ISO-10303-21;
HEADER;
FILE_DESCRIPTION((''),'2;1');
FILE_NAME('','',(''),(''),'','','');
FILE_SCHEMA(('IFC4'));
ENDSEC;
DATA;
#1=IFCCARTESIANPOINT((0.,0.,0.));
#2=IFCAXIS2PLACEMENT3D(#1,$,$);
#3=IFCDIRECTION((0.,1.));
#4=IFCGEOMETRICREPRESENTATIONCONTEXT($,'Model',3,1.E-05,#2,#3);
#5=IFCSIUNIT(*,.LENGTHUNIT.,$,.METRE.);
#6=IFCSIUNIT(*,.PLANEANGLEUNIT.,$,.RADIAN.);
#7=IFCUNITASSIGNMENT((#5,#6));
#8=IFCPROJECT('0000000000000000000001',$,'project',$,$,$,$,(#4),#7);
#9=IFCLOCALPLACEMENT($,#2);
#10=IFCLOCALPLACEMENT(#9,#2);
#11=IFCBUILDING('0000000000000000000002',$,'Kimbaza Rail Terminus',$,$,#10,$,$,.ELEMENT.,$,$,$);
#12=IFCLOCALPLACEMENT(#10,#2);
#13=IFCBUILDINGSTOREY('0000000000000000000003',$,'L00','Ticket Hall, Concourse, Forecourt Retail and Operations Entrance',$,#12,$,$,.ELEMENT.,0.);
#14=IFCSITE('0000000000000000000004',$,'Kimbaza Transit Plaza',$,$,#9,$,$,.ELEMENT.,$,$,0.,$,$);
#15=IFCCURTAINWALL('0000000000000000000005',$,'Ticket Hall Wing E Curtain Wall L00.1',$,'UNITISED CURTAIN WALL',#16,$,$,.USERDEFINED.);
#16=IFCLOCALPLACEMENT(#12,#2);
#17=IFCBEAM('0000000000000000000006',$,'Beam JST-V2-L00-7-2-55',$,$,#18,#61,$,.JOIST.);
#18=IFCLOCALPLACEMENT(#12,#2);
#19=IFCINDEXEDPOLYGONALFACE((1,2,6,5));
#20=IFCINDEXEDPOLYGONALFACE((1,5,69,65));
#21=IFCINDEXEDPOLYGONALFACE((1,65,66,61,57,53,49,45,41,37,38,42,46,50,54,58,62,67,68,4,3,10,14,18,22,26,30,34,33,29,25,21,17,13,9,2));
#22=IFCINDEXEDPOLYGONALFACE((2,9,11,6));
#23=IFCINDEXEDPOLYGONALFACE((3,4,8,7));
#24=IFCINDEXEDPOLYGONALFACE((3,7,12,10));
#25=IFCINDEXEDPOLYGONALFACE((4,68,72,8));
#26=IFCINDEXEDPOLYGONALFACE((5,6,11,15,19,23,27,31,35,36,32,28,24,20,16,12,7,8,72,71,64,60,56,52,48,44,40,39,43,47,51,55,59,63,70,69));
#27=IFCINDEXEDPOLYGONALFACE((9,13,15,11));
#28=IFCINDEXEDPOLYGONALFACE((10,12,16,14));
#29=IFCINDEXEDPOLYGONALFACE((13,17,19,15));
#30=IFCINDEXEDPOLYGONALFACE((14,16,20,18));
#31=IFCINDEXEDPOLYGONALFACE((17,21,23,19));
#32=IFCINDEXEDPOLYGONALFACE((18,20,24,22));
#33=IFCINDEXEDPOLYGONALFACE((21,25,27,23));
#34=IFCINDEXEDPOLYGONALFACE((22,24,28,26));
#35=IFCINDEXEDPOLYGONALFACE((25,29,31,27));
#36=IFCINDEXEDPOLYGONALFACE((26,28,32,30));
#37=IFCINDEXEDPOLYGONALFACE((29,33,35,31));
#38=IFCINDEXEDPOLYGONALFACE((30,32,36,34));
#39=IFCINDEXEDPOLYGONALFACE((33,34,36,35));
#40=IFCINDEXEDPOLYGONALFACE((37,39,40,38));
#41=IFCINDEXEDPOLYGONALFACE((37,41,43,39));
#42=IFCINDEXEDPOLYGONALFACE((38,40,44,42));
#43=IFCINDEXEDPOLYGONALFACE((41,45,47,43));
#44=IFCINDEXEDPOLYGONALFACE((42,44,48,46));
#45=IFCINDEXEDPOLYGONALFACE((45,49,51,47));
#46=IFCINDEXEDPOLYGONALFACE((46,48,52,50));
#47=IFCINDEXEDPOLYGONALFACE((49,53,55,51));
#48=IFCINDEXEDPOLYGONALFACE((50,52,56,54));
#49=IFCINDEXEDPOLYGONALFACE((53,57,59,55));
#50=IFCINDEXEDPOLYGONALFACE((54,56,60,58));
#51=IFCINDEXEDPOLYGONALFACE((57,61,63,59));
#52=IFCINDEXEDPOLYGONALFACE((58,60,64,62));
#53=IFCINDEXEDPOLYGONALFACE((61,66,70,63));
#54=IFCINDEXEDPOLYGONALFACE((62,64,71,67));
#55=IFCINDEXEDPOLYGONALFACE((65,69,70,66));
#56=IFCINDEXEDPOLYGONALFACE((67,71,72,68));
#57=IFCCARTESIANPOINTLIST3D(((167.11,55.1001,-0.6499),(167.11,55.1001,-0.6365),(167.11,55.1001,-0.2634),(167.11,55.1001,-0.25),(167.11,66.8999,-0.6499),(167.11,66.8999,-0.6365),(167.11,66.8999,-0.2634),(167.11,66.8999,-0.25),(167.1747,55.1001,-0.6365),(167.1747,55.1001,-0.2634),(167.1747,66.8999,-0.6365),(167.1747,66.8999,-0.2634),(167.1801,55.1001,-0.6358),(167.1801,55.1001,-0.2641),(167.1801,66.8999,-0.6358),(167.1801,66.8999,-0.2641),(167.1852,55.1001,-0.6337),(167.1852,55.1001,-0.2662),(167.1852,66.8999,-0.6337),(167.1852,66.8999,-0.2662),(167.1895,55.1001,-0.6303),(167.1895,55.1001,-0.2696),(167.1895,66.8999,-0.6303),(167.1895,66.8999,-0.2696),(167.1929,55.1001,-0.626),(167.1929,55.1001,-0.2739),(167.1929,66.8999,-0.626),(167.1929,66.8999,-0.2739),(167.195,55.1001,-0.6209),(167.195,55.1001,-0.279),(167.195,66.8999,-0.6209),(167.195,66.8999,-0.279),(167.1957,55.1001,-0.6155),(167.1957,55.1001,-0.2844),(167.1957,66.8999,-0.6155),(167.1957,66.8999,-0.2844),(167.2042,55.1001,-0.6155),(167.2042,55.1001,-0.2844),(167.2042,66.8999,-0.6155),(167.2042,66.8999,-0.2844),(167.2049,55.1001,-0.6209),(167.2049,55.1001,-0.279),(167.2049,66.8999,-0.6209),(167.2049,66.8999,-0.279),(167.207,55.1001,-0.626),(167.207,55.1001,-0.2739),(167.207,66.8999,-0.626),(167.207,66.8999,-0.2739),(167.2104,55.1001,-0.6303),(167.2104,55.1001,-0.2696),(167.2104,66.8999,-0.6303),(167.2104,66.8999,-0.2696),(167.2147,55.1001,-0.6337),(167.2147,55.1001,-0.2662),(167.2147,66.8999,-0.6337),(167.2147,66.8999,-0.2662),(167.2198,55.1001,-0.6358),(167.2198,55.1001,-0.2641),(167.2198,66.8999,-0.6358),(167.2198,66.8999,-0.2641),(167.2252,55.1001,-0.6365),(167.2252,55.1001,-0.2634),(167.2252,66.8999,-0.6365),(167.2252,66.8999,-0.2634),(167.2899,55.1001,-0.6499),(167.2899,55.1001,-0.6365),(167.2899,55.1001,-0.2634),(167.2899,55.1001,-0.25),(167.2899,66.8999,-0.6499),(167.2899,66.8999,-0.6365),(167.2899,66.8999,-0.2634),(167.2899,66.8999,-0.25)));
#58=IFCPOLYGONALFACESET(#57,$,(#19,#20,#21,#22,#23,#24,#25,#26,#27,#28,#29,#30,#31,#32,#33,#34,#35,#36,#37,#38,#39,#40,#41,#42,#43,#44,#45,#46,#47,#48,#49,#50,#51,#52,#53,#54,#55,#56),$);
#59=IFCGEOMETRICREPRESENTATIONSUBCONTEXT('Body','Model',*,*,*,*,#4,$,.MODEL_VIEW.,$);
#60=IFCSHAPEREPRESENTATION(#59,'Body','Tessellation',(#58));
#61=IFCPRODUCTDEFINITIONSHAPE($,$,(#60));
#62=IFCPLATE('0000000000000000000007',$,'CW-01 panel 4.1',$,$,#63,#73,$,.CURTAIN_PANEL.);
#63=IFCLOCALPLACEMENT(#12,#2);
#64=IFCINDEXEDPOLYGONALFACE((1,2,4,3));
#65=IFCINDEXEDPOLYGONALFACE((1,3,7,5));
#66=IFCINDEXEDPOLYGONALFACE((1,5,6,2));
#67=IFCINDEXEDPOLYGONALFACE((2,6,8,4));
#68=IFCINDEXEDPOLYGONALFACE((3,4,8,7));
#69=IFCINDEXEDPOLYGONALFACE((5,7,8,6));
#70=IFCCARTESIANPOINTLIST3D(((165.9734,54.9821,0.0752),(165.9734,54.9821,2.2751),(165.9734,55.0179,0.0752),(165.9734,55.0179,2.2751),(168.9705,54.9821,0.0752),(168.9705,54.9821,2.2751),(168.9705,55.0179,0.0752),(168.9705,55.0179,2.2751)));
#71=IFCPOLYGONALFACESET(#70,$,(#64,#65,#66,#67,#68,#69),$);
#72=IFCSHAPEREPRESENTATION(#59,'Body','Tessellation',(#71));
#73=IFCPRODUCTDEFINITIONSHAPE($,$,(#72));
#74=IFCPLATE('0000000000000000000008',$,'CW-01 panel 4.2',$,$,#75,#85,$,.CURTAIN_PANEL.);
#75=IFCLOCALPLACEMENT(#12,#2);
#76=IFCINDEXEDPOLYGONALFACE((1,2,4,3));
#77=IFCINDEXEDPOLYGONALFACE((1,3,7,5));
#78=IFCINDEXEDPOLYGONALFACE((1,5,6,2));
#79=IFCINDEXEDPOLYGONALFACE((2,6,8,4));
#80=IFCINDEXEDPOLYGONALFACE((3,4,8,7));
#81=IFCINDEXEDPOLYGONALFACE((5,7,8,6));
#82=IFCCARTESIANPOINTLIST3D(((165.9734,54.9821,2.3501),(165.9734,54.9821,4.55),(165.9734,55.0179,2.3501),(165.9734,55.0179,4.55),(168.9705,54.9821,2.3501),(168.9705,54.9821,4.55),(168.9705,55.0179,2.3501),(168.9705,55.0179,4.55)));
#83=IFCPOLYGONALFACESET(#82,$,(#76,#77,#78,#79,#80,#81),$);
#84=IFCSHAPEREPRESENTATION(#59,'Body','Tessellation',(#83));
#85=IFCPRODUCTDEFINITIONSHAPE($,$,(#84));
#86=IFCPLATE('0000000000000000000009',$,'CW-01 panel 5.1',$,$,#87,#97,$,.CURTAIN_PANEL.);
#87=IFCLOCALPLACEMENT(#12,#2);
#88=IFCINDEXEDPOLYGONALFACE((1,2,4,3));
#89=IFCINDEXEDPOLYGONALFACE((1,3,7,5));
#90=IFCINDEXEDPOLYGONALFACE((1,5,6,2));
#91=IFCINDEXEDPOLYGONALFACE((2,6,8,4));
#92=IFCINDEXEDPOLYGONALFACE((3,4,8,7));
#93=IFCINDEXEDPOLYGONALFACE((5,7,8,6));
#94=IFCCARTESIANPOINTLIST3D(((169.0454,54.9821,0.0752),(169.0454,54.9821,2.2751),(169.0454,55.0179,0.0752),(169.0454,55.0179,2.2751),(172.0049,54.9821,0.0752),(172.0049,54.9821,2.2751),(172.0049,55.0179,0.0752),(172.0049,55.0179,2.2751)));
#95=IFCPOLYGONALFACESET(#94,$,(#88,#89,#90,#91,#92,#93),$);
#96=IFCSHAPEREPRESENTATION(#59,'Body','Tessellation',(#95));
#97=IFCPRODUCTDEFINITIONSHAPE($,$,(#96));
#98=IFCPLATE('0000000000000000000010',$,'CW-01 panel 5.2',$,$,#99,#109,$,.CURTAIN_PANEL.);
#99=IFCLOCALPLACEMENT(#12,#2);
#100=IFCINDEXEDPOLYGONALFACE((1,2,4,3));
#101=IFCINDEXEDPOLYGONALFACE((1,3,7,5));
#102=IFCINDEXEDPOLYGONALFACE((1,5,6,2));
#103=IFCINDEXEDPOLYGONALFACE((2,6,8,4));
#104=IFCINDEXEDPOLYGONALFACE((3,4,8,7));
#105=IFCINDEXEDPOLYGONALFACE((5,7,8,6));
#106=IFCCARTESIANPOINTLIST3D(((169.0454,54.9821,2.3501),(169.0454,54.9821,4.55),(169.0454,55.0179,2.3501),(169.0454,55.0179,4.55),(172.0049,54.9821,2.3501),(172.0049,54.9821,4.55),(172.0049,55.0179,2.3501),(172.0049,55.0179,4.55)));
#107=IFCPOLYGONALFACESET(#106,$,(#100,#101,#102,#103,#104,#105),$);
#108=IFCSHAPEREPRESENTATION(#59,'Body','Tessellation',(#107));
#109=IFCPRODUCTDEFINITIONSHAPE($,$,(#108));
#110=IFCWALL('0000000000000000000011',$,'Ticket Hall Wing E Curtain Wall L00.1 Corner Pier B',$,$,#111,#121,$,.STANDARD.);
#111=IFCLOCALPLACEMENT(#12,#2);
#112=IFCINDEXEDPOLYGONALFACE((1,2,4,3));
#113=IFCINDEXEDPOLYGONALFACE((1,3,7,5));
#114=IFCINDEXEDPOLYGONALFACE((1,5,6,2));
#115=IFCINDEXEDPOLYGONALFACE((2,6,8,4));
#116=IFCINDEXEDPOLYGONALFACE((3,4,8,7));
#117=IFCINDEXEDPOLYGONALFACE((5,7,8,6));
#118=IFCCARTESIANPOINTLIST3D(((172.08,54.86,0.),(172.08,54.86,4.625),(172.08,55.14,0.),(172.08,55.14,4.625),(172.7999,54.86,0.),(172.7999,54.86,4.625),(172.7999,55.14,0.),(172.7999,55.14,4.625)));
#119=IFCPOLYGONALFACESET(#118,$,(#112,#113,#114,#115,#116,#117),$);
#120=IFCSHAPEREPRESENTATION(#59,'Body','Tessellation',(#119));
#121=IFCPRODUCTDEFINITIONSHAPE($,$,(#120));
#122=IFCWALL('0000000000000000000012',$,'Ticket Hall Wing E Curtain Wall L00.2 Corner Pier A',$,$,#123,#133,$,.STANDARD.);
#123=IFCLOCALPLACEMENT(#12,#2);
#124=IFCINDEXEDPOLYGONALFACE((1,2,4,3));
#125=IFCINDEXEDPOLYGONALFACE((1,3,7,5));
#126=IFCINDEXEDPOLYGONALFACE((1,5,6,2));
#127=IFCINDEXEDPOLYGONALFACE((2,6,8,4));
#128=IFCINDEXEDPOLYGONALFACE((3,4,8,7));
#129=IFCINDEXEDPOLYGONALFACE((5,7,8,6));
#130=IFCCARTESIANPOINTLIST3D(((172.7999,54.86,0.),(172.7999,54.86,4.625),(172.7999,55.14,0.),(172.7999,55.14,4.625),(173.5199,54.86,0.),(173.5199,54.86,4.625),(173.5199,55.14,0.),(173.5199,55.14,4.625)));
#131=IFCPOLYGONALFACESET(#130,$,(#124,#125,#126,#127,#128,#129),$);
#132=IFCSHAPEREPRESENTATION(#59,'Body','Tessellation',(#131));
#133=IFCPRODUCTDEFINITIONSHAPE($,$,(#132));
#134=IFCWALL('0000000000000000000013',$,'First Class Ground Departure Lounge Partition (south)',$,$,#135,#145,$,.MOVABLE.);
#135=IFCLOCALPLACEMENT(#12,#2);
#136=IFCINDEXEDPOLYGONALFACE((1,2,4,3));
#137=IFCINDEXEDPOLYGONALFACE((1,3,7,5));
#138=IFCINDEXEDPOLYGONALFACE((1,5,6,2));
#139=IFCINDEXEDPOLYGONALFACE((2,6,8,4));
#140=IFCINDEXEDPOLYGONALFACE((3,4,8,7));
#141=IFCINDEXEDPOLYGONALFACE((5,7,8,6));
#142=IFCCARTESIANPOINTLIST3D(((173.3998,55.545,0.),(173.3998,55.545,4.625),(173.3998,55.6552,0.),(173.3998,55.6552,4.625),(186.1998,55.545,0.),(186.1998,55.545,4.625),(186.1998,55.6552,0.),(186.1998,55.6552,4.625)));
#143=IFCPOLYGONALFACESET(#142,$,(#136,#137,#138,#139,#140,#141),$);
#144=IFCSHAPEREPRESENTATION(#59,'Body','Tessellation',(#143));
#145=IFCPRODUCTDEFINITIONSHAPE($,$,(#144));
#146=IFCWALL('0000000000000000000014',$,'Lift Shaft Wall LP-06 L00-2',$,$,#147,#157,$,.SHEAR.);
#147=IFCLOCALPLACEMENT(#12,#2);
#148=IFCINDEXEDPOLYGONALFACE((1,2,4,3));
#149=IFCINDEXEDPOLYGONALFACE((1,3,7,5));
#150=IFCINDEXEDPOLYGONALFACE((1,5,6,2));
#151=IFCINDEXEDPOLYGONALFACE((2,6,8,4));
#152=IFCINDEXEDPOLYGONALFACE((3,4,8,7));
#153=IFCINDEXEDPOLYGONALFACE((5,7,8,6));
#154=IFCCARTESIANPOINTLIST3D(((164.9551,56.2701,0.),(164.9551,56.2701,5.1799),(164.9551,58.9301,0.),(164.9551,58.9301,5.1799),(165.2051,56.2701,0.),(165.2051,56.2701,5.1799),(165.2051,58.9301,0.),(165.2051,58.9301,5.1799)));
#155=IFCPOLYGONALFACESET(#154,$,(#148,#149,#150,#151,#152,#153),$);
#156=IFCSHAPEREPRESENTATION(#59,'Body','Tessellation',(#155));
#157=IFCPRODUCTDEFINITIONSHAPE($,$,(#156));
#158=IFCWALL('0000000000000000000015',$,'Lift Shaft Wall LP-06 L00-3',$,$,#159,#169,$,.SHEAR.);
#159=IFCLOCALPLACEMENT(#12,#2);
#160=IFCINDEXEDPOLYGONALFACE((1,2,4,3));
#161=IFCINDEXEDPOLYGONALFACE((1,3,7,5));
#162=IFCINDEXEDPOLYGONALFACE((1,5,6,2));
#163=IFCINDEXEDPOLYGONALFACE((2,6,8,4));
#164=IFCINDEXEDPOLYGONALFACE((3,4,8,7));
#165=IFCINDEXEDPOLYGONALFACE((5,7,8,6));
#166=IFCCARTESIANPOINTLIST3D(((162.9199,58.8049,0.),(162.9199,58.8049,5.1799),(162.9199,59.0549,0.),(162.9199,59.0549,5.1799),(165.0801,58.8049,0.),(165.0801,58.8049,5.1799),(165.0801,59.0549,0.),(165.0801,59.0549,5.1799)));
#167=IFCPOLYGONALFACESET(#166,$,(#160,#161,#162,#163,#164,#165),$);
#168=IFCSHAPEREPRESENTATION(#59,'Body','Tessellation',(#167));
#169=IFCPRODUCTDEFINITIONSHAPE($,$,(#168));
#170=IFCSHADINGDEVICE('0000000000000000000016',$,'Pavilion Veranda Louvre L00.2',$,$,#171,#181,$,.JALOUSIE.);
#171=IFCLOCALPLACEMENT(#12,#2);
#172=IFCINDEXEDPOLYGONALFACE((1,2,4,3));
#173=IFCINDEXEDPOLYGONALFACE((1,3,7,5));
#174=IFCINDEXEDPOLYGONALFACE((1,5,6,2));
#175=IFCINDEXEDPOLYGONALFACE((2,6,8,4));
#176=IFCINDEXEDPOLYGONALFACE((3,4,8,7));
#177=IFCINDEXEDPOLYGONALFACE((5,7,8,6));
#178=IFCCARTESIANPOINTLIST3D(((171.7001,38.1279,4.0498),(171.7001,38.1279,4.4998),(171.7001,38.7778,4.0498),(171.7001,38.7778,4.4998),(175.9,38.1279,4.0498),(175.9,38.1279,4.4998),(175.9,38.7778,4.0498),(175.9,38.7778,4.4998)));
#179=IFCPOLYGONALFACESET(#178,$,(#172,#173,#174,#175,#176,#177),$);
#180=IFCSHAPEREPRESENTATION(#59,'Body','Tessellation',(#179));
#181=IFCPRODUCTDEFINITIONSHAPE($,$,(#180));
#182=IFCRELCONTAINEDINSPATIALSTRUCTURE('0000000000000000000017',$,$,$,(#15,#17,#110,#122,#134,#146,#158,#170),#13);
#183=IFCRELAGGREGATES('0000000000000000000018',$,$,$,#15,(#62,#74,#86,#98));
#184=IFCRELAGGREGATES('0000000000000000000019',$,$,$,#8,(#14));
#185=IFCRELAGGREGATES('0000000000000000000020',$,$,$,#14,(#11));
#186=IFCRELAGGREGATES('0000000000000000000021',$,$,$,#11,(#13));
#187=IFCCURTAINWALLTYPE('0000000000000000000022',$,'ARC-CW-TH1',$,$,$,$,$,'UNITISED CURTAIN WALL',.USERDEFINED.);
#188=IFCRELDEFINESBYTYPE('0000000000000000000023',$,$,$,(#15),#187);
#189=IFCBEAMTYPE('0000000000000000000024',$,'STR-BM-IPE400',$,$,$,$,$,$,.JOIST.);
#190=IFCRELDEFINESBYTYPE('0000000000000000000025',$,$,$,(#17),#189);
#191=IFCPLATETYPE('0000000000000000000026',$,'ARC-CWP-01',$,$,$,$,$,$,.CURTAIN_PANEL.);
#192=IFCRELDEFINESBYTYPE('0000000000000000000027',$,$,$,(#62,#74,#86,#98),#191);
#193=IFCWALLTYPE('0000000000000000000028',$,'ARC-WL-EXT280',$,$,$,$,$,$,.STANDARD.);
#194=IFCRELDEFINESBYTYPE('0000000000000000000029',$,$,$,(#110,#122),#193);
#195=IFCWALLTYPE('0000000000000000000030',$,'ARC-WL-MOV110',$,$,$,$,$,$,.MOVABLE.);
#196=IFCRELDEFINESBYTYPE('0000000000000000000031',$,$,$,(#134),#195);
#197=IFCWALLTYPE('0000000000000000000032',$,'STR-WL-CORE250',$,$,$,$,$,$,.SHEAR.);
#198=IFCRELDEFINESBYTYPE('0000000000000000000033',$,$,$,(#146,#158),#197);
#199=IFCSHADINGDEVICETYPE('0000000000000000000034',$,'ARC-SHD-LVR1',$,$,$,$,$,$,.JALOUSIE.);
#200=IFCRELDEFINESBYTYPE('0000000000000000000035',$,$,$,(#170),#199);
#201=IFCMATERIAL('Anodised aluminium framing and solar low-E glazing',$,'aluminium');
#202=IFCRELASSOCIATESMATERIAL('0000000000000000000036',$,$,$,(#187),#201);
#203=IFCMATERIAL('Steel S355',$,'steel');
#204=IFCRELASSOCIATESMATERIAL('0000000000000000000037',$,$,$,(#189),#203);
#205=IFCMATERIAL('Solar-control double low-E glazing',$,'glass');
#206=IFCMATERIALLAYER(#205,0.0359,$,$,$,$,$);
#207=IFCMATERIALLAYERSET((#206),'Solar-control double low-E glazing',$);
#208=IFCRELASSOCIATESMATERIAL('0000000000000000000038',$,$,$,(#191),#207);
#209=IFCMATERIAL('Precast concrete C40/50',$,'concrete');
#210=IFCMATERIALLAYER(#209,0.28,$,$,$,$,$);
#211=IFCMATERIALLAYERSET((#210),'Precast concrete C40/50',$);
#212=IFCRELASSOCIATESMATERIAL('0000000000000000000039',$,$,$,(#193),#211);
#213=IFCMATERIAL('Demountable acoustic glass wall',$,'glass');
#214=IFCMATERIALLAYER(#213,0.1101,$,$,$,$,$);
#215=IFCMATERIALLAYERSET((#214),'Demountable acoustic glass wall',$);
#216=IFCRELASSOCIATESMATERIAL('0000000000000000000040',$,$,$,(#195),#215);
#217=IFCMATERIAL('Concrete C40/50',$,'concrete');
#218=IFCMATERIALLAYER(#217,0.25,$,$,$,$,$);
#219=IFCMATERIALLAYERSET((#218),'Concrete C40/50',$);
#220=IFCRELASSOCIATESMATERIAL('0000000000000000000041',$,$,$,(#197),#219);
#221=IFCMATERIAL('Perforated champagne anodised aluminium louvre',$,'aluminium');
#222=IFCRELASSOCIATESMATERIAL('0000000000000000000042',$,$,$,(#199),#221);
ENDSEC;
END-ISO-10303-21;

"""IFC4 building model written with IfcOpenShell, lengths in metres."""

from ifc_helpers import new_model, si_unit, direction, frame, frame_2d, origin, origin_2d, place, context, subcontext, project, spatial, rectangle, i_section, extrude, material, layer, layer_set, material_profile, profile_set, type_object, element, aggregate, save


model = new_model("IFC4")

# Units and contexts
model_context = context("Model", 3, precision=1e-05, world=origin(), true_north=direction((0.0, 1.0)))
body_context = subcontext(model_context, "Body", "Model", "MODEL_VIEW")
ifc_project = project(units=[si_unit("LENGTHUNIT", "METRE"), si_unit("PLANEANGLEUNIT", "RADIAN")], contexts=[model_context])

# Site, building, storey
site_placement = place(None, origin())
site = spatial("IfcSite", under=ifc_project, at=site_placement, Name="Kimbaza Transit Plaza", CompositionType="ELEMENT", RefElevation=0.0)
building_placement = place(site_placement, origin())
building = spatial("IfcBuilding", under=site, at=building_placement, Name="Kimbaza Rail Terminus", CompositionType="ELEMENT")
storey_placement = place(building_placement, origin())
storey = spatial("IfcBuildingStorey", under=building, at=storey_placement, Name="L00", Description="Ticket Hall, Concourse, Forecourt Retail and Operations Entrance", CompositionType="ELEMENT", Elevation=0.0)

# Curtain wall
ifc_material_1 = material(Name="Anodised aluminium framing and solar low-E glazing", Category="aluminium")
curtain_wall_type = type_object("IfcCurtainWallType", Name="ARC-CW-TH1", ElementType="UNITISED CURTAIN WALL", PredefinedType="USERDEFINED", material=ifc_material_1)
curtain_wall_1_placement = place(storey_placement, origin())
curtain_wall_1 = element("IfcCurtainWall", 1, at=curtain_wall_1_placement, inside=storey, type_object=curtain_wall_type, Name="Ticket Hall Wing E Curtain Wall L00.1", ObjectType="UNITISED CURTAIN WALL", PredefinedType="USERDEFINED")

# Beam
ifc_material_2 = material(Name="Steel S355", Category="steel")
ifc_material_profile_1 = material_profile(ifc_material_2, i_section(OverallWidth=0.1799, OverallDepth=0.3999, WebThickness=0.0085, FlangeThickness=0.0134, FilletRadius=0.021, at=origin_2d()), Name="IPE 400")
ifc_profile_set_1 = profile_set([ifc_material_profile_1], Name="Steel S355")
beam_type_1 = type_object("IfcBeamType", Name="STR-BM-IPE400", PredefinedType="JOIST", material=ifc_profile_set_1)
beam_1_placement = place(storey_placement, frame((167.2, 55.1001, -0.45), z_axis=(0.0, 1.0, 0.0), x_axis=(-1.0, 0.0, 0.0)))
element("IfcBeam", 2, at=beam_1_placement, inside=storey, type_object=beam_type_1, Name="Beam JST-V2-L00-7-2-55", PredefinedType="JOIST", context=body_context, shape_type="SweptSolid", body=[
    extrude(i_section(OverallWidth=0.1799, OverallDepth=0.3999, WebThickness=0.0085, FlangeThickness=0.0134, FilletRadius=0.021, at=origin_2d()), origin(), (0.0, 0.0, 1.0), 11.7998),
])

# Plates
ifc_material_3 = material(Name="Solar-control double low-E glazing", Category="glass")
ifc_layer_1 = layer(ifc_material_3, 0.0359)
ifc_layer_set_1 = layer_set([ifc_layer_1], Name="Solar-control double low-E glazing")
plate_type = type_object("IfcPlateType", Name="ARC-CWP-01", PredefinedType="CURTAIN_PANEL", material=ifc_layer_set_1)
plate_1_placement = place(storey_placement, frame((167.4719, 55.0, 0.0752), z_axis=(0.0, 0.0, 1.0), x_axis=(1.0, 0.0, 0.0)))
plate_1 = element("IfcPlate", 3, at=plate_1_placement, type_object=plate_type, Name="CW-01 panel 4.1", PredefinedType="CURTAIN_PANEL", context=body_context, shape_type="SweptSolid", body=[
    extrude(rectangle(XDim=2.9971, YDim=0.0359, at=origin_2d()), origin(), (0.0, 0.0, 1.0), 2.2),
])
plate_2_placement = place(storey_placement, frame((167.4719, 55.0, 2.3501), z_axis=(0.0, 0.0, 1.0), x_axis=(1.0, 0.0, 0.0)))
plate_2 = element("IfcPlate", 4, at=plate_2_placement, type_object=plate_type, Name="CW-01 panel 4.2", PredefinedType="CURTAIN_PANEL", context=body_context, shape_type="SweptSolid", body=[
    extrude(rectangle(XDim=2.9971, YDim=0.0359, at=origin_2d()), origin(), (0.0, 0.0, 1.0), 2.2),
])
plate_3_placement = place(storey_placement, frame((170.5251, 55.0, 0.0752), z_axis=(0.0, 0.0, 1.0), x_axis=(1.0, 0.0, 0.0)))
plate_3 = element("IfcPlate", 5, at=plate_3_placement, type_object=plate_type, Name="CW-01 panel 5.1", PredefinedType="CURTAIN_PANEL", context=body_context, shape_type="SweptSolid", body=[
    extrude(rectangle(XDim=2.9595, YDim=0.0359, at=origin_2d()), origin(), (0.0, 0.0, 1.0), 2.2),
])
plate_4_placement = place(storey_placement, frame((170.5251, 55.0, 2.3501), z_axis=(0.0, 0.0, 1.0), x_axis=(1.0, 0.0, 0.0)))
plate_4 = element("IfcPlate", 6, at=plate_4_placement, type_object=plate_type, Name="CW-01 panel 5.2", PredefinedType="CURTAIN_PANEL", context=body_context, shape_type="SweptSolid", body=[
    extrude(rectangle(XDim=2.9595, YDim=0.0359, at=origin_2d()), origin(), (0.0, 0.0, 1.0), 2.2),
])
aggregate(curtain_wall_1, [plate_1, plate_2, plate_3, plate_4])

# Walls
ifc_material_4 = material(Name="Precast concrete C40/50", Category="concrete")
ifc_layer_2 = layer(ifc_material_4, 0.28)
ifc_layer_set_2 = layer_set([ifc_layer_2], Name="Precast concrete C40/50")
wall_type_1 = type_object("IfcWallType", Name="ARC-WL-EXT280", PredefinedType="STANDARD", material=ifc_layer_set_2)
for number, where, z_axis, x_axis, name in (
    (7, (172.0801, 55.0, 0.0), (0.0, 0.0, 1.0), (1.0, 0.0, 0.0), "Ticket Hall Wing E Curtain Wall L00.1 Corner Pier B"),
    (8, (172.8, 55.0, 0.0), (0.0, 0.0, 1.0), (1.0, 0.0, 0.0), "Ticket Hall Wing E Curtain Wall L00.2 Corner Pier A"),
):
    element("IfcWall", number, at=place(storey_placement, frame(where, z_axis=z_axis, x_axis=x_axis)), inside=storey, type_object=wall_type_1, Name=name, PredefinedType="STANDARD", context=body_context, shape_type="SweptSolid", body=[
        extrude(rectangle(XDim=0.72, YDim=0.28, at=frame_2d((0.3599, 0.0))), origin(), (0.0, 0.0, 1.0), 4.625),
    ])
ifc_material_5 = material(Name="Demountable acoustic glass wall", Category="glass")
ifc_layer_3 = layer(ifc_material_5, 0.1101)
ifc_layer_set_3 = layer_set([ifc_layer_3], Name="Demountable acoustic glass wall")
wall_type_2 = type_object("IfcWallType", Name="ARC-WL-MOV110", PredefinedType="MOVABLE", material=ifc_layer_set_3)
wall_1_placement = place(storey_placement, frame((173.3999, 55.6001, 0.0), z_axis=(0.0, 0.0, 1.0), x_axis=(1.0, 0.0, 0.0)))
element("IfcWall", 9, at=wall_1_placement, inside=storey, type_object=wall_type_2, Name="First Class Ground Departure Lounge Partition (south)", PredefinedType="MOVABLE", context=body_context, shape_type="SweptSolid", body=[
    extrude(rectangle(XDim=12.8, YDim=0.1101, at=frame_2d((6.3999, 0.0))), origin(), (0.0, 0.0, 1.0), 4.625),
])
ifc_material_6 = material(Name="Concrete C40/50", Category="concrete")
ifc_layer_4 = layer(ifc_material_6, 0.25)
ifc_layer_set_4 = layer_set([ifc_layer_4], Name="Concrete C40/50")
wall_type_3 = type_object("IfcWallType", Name="STR-WL-CORE250", PredefinedType="SHEAR", material=ifc_layer_set_4)
wall_2_placement = place(storey_placement, frame((165.0801, 56.27, 0.0), z_axis=(0.0, 0.0, 1.0), x_axis=(0.0, 1.0, 0.0)))
element("IfcWall", 10, at=wall_2_placement, inside=storey, type_object=wall_type_3, Name="Lift Shaft Wall LP-06 L00-2", PredefinedType="SHEAR", context=body_context, shape_type="SweptSolid", body=[
    extrude(rectangle(XDim=2.6599, YDim=0.25, at=frame_2d((1.3301, 0.0))), origin(), (0.0, 0.0, 1.0), 5.1799),
])
wall_3_placement = place(storey_placement, frame((165.0801, 58.9299, 0.0), z_axis=(0.0, 0.0, 1.0), x_axis=(-1.0, 0.0, 0.0)))
element("IfcWall", 11, at=wall_3_placement, inside=storey, type_object=wall_type_3, Name="Lift Shaft Wall LP-06 L00-3", PredefinedType="SHEAR", context=body_context, shape_type="SweptSolid", body=[
    extrude(rectangle(XDim=2.1602, YDim=0.25, at=frame_2d((1.0801, 0.0))), origin(), (0.0, 0.0, 1.0), 5.1799),
])

# Shading device
ifc_material_7 = material(Name="Perforated champagne anodised aluminium louvre", Category="aluminium")
shading_device_type = type_object("IfcShadingDeviceType", Name="ARC-SHD-LVR1", PredefinedType="JALOUSIE", material=ifc_material_7)
shading_device_placement = place(storey_placement, frame((173.8, 38.4529, 4.0498), z_axis=(0.0, 0.0, 1.0), x_axis=(1.0, 0.0, 0.0)))
element("IfcShadingDevice", 12, at=shading_device_placement, inside=storey, type_object=shading_device_type, Name="Pavilion Veranda Louvre L00.2", PredefinedType="JALOUSIE", context=body_context, shape_type="SweptSolid", body=[
    extrude(rectangle(XDim=4.2, YDim=0.6499, at=origin_2d()), origin(), (0.0, 0.0, 1.0), 0.45),
])

save(model, "model.ifc")
